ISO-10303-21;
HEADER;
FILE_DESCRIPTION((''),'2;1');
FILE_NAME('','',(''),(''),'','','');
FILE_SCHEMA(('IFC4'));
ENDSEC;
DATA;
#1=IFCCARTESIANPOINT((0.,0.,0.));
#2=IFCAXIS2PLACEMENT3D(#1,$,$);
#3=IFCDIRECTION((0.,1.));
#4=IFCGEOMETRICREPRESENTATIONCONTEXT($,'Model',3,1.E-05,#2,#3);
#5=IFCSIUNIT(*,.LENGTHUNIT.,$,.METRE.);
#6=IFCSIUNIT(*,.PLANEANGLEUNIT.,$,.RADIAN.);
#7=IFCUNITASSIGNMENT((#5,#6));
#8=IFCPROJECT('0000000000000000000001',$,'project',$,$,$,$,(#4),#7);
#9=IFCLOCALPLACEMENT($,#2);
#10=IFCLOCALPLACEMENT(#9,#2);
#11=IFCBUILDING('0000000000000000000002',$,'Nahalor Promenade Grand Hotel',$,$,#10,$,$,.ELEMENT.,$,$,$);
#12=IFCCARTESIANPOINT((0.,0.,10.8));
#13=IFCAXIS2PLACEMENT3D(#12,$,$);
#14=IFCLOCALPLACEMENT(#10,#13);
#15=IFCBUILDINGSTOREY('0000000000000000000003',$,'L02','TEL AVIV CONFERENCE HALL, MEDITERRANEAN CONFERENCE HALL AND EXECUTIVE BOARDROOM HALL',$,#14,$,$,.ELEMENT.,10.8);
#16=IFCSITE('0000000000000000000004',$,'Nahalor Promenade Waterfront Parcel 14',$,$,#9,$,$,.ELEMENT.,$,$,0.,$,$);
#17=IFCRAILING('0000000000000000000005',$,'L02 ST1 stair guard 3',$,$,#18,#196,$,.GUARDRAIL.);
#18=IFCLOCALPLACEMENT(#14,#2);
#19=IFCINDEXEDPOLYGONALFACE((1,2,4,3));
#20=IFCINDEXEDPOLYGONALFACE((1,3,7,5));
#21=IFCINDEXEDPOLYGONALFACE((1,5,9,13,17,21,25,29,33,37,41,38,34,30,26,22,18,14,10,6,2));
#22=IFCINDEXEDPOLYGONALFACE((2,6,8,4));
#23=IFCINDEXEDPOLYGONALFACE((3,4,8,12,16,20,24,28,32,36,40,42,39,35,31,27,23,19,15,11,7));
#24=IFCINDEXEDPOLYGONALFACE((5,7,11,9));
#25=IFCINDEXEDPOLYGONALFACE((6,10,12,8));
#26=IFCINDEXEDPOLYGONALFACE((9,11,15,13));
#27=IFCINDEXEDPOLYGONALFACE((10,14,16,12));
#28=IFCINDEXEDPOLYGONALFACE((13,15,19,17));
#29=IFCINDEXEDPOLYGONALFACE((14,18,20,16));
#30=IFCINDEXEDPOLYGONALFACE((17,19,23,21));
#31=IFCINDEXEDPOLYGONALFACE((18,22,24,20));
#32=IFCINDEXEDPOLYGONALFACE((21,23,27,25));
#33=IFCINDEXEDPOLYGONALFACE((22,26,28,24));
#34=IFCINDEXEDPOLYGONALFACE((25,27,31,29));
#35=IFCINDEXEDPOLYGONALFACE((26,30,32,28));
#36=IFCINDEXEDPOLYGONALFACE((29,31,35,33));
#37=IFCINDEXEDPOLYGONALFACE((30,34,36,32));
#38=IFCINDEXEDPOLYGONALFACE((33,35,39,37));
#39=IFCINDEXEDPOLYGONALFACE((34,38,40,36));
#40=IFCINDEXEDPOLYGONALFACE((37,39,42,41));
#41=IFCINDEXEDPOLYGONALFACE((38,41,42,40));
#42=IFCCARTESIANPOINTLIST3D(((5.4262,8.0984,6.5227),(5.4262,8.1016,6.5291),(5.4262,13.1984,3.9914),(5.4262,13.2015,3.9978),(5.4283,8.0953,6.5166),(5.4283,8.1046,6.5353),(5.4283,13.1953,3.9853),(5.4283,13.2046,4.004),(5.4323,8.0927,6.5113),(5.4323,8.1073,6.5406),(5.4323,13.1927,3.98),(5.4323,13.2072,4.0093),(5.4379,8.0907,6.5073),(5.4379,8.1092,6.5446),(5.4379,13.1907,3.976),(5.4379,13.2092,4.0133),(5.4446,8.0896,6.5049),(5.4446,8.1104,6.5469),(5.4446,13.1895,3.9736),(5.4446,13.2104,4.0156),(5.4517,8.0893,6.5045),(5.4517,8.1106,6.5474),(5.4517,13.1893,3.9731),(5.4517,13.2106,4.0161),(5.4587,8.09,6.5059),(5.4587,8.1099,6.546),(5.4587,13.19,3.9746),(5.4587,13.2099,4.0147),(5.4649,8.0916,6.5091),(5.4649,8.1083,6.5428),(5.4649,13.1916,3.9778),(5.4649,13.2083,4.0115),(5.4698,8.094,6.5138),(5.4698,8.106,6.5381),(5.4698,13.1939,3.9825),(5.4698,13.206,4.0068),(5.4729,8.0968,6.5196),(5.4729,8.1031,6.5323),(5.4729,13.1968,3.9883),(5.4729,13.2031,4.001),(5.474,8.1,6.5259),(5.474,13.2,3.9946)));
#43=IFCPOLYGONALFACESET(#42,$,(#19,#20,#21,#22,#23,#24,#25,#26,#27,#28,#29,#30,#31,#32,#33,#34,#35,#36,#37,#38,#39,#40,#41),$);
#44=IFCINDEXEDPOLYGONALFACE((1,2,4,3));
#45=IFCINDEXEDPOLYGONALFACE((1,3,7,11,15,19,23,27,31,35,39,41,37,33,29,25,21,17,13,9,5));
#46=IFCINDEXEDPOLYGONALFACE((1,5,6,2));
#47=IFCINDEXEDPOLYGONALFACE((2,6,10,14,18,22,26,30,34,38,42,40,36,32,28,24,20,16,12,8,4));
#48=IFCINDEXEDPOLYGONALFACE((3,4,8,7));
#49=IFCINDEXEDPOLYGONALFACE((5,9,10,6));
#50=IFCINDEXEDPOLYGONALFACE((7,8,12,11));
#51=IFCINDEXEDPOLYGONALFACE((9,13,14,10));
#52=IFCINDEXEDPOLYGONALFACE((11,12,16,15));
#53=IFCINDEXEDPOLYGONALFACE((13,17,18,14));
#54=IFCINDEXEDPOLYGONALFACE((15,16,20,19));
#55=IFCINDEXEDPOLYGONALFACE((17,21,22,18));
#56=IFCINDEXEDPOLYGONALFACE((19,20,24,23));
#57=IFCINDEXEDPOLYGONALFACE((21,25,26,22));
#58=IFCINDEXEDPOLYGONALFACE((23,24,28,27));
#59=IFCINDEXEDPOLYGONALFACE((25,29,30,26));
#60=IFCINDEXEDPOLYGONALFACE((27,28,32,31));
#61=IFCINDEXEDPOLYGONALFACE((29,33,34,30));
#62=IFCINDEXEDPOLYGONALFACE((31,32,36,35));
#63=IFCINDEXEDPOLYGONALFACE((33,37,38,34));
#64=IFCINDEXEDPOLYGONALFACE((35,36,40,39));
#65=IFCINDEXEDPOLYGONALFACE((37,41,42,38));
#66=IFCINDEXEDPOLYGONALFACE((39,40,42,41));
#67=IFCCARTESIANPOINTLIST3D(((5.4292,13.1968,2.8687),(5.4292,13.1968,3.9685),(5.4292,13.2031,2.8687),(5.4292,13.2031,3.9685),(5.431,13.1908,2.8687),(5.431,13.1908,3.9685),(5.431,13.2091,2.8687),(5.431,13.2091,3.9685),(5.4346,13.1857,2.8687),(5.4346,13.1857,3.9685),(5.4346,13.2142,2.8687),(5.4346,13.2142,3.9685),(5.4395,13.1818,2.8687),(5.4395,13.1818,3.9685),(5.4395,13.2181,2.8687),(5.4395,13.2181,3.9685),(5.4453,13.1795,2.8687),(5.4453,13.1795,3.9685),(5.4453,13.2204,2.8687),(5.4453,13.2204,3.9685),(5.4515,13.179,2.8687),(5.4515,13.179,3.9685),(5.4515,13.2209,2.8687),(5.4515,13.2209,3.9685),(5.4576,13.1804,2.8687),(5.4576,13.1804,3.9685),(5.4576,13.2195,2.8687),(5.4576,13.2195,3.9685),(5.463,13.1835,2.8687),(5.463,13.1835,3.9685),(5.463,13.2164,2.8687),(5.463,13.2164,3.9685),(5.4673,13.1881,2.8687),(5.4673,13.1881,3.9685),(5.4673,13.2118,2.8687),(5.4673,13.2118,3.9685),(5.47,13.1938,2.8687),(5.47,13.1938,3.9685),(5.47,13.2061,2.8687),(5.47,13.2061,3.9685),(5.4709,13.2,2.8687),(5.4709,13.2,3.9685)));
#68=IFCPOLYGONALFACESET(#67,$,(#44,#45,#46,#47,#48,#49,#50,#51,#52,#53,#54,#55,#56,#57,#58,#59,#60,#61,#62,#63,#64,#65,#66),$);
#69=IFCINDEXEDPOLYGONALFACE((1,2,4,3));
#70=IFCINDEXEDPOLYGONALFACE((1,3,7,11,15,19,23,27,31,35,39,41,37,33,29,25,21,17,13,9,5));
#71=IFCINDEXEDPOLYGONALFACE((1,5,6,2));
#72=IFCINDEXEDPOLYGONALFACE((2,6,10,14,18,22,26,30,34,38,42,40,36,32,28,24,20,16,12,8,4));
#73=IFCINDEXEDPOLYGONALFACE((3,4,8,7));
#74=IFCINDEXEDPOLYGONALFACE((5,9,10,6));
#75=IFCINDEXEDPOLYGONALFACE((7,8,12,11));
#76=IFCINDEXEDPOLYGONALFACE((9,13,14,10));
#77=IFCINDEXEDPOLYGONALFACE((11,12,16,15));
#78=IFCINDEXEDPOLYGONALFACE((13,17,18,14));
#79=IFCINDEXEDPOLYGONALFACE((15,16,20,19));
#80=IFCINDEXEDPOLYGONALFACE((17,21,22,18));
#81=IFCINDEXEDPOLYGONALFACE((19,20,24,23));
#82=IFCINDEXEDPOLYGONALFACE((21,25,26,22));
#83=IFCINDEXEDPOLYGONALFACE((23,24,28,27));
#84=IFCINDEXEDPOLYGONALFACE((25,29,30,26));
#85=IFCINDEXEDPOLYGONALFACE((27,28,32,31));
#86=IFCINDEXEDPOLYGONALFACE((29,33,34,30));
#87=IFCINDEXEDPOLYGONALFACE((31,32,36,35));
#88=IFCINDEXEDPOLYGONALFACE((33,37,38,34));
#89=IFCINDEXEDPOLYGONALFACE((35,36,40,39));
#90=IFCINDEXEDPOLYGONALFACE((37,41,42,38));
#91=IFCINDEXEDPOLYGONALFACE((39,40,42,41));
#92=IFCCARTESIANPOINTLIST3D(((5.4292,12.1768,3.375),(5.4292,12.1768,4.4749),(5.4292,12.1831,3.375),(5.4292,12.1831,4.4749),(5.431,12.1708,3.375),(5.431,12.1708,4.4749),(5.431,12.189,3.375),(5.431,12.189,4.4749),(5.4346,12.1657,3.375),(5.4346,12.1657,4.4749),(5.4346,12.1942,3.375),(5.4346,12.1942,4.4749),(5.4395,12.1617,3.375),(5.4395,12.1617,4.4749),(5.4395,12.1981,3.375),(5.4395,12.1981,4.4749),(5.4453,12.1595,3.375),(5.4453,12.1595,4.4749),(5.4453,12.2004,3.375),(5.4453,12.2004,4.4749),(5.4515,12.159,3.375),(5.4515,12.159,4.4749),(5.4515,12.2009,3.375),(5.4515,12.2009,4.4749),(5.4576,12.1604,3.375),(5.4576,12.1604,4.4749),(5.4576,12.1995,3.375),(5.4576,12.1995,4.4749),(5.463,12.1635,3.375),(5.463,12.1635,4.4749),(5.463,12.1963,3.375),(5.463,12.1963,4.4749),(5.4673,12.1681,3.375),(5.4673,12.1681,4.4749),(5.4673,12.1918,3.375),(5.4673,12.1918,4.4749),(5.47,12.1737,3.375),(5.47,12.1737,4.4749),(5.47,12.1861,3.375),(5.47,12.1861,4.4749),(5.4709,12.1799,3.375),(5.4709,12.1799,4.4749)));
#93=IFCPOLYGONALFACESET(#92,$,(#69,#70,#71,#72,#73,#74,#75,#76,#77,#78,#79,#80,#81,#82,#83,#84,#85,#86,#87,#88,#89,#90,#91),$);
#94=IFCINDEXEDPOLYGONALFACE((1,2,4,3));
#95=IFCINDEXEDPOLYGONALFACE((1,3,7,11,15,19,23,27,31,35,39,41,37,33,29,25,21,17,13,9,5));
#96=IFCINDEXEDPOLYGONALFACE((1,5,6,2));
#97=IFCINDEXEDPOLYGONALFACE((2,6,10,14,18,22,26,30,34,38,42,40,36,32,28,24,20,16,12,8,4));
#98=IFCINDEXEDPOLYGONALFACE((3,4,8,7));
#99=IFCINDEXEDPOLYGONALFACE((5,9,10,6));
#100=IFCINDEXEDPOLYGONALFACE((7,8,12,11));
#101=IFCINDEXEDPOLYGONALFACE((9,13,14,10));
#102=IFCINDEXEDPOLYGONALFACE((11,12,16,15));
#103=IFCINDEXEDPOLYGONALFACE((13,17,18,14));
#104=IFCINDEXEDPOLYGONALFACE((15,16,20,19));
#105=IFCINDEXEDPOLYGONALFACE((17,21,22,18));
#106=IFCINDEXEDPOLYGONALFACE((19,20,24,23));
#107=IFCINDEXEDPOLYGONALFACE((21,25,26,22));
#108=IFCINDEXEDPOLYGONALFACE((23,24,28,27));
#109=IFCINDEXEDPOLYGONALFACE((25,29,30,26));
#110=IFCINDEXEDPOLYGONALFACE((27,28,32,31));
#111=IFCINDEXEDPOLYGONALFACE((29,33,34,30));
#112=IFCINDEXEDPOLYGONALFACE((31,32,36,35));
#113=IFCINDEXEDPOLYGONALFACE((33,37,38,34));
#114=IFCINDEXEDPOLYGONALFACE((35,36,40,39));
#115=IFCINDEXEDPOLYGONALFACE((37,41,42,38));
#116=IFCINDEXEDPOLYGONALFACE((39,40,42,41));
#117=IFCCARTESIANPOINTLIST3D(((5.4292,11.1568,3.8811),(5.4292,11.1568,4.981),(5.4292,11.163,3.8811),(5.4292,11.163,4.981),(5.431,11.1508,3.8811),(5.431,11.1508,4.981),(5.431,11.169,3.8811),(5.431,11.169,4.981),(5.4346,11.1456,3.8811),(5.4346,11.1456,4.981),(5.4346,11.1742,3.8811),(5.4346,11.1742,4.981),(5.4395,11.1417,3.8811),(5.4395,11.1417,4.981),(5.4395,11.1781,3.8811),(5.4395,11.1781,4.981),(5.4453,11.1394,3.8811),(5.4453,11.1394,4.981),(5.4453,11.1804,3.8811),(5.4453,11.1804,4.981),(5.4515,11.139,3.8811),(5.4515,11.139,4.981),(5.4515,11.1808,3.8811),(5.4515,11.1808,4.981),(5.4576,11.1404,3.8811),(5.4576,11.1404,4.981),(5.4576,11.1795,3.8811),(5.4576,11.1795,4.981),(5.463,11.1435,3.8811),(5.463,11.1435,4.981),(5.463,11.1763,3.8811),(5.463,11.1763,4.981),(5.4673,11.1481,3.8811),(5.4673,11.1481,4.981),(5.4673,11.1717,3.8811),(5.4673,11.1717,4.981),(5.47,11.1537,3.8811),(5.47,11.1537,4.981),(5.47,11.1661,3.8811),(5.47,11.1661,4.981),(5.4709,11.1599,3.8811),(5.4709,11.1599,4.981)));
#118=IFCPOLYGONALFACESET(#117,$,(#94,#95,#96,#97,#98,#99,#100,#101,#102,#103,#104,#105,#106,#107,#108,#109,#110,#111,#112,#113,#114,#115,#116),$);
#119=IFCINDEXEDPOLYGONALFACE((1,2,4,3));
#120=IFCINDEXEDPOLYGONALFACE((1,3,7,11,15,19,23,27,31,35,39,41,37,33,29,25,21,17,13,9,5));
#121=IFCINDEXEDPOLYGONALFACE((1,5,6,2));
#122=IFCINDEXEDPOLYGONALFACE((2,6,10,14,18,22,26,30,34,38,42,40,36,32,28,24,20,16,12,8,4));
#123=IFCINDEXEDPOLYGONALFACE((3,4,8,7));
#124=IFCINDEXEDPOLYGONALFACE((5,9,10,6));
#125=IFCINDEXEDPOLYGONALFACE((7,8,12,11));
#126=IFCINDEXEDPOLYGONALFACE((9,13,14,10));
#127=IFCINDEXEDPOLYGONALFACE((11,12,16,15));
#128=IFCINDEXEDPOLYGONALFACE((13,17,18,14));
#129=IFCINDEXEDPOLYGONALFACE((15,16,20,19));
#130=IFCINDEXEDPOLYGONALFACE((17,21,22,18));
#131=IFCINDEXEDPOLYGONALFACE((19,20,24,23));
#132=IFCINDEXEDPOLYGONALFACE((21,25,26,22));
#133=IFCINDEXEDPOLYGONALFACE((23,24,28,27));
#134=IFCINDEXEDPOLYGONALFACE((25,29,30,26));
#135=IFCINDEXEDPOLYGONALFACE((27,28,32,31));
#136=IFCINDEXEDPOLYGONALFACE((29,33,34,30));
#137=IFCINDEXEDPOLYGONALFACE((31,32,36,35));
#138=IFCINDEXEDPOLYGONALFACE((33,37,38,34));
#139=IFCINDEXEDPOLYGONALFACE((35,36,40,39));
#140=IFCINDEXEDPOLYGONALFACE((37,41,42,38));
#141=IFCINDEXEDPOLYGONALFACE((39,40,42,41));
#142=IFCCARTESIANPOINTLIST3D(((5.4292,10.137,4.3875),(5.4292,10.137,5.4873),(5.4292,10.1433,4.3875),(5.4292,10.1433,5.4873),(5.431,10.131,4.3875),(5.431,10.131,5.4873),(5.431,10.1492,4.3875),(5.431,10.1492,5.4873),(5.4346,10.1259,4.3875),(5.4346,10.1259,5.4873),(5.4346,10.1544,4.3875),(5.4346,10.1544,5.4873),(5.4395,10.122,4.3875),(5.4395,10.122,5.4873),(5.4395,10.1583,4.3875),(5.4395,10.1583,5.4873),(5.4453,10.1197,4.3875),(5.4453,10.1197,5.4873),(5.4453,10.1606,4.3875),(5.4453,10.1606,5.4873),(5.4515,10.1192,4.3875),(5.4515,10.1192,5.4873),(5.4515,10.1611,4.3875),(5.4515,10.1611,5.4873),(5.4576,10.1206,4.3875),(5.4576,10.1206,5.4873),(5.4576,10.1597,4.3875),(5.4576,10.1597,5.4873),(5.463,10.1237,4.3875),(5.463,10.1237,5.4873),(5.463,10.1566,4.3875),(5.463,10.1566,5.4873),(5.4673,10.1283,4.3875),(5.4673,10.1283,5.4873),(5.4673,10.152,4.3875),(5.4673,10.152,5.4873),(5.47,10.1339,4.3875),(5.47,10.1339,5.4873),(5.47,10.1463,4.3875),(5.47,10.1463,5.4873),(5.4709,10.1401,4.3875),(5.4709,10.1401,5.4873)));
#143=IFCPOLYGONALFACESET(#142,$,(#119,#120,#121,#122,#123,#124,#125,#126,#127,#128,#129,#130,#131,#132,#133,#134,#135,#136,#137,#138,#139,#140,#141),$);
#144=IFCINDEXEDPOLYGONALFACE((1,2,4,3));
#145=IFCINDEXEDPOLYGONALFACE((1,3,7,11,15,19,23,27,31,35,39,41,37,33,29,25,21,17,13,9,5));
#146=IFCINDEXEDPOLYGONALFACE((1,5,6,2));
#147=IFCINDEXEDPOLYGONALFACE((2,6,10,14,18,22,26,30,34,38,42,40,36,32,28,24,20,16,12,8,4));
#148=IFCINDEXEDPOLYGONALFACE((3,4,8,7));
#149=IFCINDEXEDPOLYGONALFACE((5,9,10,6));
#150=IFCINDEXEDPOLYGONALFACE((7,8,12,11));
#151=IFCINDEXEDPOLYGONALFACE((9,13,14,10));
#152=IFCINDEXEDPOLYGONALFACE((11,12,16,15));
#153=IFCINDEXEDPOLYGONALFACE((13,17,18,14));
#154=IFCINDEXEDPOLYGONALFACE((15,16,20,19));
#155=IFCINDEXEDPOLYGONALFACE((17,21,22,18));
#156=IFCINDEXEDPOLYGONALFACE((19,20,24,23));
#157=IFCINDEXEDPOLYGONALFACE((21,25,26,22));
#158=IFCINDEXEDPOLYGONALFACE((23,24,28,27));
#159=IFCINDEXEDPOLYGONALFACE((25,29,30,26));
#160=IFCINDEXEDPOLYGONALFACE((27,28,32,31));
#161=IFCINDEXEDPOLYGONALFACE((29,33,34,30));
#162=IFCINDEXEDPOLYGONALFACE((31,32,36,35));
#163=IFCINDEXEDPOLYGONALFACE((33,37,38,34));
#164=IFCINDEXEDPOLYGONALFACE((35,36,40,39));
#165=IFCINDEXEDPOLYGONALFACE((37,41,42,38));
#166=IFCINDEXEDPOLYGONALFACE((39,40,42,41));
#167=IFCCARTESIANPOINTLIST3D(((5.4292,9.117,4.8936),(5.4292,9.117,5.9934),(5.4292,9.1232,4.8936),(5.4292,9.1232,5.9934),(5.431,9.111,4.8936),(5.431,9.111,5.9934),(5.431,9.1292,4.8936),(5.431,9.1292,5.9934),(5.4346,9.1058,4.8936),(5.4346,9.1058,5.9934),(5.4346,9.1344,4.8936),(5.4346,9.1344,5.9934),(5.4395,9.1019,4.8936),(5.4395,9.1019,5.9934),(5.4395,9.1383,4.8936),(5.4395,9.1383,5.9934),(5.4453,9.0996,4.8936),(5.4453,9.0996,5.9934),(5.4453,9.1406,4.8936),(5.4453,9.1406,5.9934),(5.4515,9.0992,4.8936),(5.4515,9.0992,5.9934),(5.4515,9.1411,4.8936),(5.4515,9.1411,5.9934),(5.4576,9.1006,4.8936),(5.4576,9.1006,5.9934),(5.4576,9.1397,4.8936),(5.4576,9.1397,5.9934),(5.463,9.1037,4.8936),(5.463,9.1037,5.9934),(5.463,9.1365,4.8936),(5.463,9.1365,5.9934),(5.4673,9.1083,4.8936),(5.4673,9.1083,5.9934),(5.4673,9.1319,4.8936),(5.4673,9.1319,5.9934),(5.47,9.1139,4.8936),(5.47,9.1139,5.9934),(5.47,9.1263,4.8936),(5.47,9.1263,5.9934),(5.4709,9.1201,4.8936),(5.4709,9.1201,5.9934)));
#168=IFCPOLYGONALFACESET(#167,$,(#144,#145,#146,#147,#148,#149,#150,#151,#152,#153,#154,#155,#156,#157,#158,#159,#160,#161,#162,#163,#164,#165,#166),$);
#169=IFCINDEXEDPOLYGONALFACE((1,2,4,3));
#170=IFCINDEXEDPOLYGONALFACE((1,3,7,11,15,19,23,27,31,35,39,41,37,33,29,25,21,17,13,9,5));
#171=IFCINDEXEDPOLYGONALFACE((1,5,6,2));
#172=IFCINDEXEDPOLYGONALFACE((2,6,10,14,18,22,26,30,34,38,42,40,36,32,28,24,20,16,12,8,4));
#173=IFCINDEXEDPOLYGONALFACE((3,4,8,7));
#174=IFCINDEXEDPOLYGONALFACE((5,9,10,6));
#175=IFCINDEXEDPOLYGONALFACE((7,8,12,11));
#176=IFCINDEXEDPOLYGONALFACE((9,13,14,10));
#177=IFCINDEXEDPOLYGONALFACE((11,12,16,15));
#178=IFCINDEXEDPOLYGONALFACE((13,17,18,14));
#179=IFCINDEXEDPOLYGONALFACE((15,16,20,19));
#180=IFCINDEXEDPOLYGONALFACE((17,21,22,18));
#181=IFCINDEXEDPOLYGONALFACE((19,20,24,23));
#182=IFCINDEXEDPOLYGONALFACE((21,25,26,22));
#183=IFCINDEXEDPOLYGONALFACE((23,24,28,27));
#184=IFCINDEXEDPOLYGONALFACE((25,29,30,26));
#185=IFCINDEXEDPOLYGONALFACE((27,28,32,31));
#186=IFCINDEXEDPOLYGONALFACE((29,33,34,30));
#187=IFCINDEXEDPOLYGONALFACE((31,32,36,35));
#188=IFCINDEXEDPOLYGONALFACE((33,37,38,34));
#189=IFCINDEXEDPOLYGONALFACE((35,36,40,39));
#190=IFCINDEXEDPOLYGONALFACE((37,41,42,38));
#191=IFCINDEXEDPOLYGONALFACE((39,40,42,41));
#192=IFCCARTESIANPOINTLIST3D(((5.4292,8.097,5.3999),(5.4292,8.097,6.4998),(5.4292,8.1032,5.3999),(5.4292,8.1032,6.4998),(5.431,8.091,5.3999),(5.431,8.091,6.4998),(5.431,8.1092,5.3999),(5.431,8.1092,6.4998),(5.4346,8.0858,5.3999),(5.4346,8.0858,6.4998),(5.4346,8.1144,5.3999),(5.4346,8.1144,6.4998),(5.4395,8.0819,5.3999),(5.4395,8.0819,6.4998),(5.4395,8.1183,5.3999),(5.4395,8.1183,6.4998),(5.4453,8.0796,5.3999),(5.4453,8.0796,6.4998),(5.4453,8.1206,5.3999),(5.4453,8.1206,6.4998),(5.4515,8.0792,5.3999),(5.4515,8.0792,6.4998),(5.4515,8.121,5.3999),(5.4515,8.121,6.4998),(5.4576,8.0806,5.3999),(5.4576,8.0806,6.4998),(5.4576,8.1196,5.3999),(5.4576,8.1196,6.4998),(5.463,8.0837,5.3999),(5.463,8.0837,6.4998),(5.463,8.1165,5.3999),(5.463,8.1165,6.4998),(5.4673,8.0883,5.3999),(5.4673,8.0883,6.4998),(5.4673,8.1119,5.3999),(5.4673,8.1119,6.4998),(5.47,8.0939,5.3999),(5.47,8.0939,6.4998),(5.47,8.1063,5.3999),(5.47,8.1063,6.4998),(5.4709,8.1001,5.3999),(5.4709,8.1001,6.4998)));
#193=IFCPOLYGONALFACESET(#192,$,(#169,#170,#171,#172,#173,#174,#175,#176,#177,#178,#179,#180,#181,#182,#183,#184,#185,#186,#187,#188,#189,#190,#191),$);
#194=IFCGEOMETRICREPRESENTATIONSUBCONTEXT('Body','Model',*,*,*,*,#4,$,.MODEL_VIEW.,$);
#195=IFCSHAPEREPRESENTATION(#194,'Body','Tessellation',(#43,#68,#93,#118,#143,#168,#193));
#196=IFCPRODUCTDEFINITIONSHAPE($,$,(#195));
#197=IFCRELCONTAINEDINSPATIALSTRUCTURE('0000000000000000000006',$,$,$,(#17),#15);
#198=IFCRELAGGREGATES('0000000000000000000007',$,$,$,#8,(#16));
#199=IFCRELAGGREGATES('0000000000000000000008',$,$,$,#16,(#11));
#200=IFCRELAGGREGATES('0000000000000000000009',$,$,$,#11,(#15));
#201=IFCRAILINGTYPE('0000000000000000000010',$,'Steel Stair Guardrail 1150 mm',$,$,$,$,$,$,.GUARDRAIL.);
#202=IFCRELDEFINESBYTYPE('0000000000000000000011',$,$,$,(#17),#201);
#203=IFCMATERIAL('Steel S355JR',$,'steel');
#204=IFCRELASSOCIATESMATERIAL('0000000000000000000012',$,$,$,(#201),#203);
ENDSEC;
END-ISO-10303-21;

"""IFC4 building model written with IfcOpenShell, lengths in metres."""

from ifc_helpers import new_model, si_unit, direction, frame, origin, origin_2d, place, context, subcontext, project, spatial, circle, extrude, material, type_object, element, save


model = new_model("IFC4")

# Units and contexts
model_context = context("Model", 3, precision=1e-05, world=origin(), true_north=direction((0.0, 1.0)))
body_context = subcontext(model_context, "Body", "Model", "MODEL_VIEW")
ifc_project = project(units=[si_unit("LENGTHUNIT", "METRE"), si_unit("PLANEANGLEUNIT", "RADIAN")], contexts=[model_context])

# Site, building, storey
site_placement = place(None, origin())
site = spatial("IfcSite", under=ifc_project, at=site_placement, Name="Nahalor Promenade Waterfront Parcel 14", CompositionType="ELEMENT", RefElevation=0.0)
building_placement = place(site_placement, origin())
building = spatial("IfcBuilding", under=site, at=building_placement, Name="Nahalor Promenade Grand Hotel", CompositionType="ELEMENT")
storey_placement = place(building_placement, frame((0.0, 0.0, 10.8)))
storey = spatial("IfcBuildingStorey", under=building, at=storey_placement, Name="L02", Description="TEL AVIV CONFERENCE HALL, MEDITERRANEAN CONFERENCE HALL AND EXECUTIVE BOARDROOM HALL", CompositionType="ELEMENT", Elevation=10.8)

# Shared definitions
ifc_material_1 = material(Name="Steel S355JR", Category="steel")

# Railing
railing_type_1 = type_object("IfcRailingType", Name="Steel Stair Guardrail 1150 mm", PredefinedType="GUARDRAIL", material=ifc_material_1)
railing_1_placement = place(storey_placement, frame((5.45, 13.2, 2.8687)))
element("IfcRailing", 1, at=railing_1_placement, inside=storey, type_object=railing_type_1, Name="L02 ST1 stair guard 3", PredefinedType="GUARDRAIL", context=body_context, shape_type="SweptSolid", body=[
    extrude(circle(Radius=0.024, at=origin_2d()), frame((0.0, 0.0, 1.126), z_axis=(0.0, -0.895735, 0.444587), x_axis=(1.0, 0.0, 0.0)), (0.0, 0.0, 1.0), 5.6936),
    extrude(circle(Radius=0.021, at=origin_2d()), origin(), (0.0, 0.0, 1.0), 1.0999),
    extrude(circle(Radius=0.021, at=origin_2d()), frame((0.0, -1.02, 0.5063)), (0.0, 0.0, 1.0), 1.0999),
    extrude(circle(Radius=0.021, at=origin_2d()), frame((0.0, -2.04, 1.0125)), (0.0, 0.0, 1.0), 1.0999),
    extrude(circle(Radius=0.021, at=origin_2d()), frame((0.0, -3.0598, 1.5188)), (0.0, 0.0, 1.0), 1.0999),
    extrude(circle(Radius=0.021, at=origin_2d()), frame((0.0, -4.0798, 2.0249)), (0.0, 0.0, 1.0), 1.0999),
    extrude(circle(Radius=0.021, at=origin_2d()), frame((0.0, -5.0999, 2.5312)), (0.0, 0.0, 1.0), 1.0999),
])

save(model, "model.ifc")
